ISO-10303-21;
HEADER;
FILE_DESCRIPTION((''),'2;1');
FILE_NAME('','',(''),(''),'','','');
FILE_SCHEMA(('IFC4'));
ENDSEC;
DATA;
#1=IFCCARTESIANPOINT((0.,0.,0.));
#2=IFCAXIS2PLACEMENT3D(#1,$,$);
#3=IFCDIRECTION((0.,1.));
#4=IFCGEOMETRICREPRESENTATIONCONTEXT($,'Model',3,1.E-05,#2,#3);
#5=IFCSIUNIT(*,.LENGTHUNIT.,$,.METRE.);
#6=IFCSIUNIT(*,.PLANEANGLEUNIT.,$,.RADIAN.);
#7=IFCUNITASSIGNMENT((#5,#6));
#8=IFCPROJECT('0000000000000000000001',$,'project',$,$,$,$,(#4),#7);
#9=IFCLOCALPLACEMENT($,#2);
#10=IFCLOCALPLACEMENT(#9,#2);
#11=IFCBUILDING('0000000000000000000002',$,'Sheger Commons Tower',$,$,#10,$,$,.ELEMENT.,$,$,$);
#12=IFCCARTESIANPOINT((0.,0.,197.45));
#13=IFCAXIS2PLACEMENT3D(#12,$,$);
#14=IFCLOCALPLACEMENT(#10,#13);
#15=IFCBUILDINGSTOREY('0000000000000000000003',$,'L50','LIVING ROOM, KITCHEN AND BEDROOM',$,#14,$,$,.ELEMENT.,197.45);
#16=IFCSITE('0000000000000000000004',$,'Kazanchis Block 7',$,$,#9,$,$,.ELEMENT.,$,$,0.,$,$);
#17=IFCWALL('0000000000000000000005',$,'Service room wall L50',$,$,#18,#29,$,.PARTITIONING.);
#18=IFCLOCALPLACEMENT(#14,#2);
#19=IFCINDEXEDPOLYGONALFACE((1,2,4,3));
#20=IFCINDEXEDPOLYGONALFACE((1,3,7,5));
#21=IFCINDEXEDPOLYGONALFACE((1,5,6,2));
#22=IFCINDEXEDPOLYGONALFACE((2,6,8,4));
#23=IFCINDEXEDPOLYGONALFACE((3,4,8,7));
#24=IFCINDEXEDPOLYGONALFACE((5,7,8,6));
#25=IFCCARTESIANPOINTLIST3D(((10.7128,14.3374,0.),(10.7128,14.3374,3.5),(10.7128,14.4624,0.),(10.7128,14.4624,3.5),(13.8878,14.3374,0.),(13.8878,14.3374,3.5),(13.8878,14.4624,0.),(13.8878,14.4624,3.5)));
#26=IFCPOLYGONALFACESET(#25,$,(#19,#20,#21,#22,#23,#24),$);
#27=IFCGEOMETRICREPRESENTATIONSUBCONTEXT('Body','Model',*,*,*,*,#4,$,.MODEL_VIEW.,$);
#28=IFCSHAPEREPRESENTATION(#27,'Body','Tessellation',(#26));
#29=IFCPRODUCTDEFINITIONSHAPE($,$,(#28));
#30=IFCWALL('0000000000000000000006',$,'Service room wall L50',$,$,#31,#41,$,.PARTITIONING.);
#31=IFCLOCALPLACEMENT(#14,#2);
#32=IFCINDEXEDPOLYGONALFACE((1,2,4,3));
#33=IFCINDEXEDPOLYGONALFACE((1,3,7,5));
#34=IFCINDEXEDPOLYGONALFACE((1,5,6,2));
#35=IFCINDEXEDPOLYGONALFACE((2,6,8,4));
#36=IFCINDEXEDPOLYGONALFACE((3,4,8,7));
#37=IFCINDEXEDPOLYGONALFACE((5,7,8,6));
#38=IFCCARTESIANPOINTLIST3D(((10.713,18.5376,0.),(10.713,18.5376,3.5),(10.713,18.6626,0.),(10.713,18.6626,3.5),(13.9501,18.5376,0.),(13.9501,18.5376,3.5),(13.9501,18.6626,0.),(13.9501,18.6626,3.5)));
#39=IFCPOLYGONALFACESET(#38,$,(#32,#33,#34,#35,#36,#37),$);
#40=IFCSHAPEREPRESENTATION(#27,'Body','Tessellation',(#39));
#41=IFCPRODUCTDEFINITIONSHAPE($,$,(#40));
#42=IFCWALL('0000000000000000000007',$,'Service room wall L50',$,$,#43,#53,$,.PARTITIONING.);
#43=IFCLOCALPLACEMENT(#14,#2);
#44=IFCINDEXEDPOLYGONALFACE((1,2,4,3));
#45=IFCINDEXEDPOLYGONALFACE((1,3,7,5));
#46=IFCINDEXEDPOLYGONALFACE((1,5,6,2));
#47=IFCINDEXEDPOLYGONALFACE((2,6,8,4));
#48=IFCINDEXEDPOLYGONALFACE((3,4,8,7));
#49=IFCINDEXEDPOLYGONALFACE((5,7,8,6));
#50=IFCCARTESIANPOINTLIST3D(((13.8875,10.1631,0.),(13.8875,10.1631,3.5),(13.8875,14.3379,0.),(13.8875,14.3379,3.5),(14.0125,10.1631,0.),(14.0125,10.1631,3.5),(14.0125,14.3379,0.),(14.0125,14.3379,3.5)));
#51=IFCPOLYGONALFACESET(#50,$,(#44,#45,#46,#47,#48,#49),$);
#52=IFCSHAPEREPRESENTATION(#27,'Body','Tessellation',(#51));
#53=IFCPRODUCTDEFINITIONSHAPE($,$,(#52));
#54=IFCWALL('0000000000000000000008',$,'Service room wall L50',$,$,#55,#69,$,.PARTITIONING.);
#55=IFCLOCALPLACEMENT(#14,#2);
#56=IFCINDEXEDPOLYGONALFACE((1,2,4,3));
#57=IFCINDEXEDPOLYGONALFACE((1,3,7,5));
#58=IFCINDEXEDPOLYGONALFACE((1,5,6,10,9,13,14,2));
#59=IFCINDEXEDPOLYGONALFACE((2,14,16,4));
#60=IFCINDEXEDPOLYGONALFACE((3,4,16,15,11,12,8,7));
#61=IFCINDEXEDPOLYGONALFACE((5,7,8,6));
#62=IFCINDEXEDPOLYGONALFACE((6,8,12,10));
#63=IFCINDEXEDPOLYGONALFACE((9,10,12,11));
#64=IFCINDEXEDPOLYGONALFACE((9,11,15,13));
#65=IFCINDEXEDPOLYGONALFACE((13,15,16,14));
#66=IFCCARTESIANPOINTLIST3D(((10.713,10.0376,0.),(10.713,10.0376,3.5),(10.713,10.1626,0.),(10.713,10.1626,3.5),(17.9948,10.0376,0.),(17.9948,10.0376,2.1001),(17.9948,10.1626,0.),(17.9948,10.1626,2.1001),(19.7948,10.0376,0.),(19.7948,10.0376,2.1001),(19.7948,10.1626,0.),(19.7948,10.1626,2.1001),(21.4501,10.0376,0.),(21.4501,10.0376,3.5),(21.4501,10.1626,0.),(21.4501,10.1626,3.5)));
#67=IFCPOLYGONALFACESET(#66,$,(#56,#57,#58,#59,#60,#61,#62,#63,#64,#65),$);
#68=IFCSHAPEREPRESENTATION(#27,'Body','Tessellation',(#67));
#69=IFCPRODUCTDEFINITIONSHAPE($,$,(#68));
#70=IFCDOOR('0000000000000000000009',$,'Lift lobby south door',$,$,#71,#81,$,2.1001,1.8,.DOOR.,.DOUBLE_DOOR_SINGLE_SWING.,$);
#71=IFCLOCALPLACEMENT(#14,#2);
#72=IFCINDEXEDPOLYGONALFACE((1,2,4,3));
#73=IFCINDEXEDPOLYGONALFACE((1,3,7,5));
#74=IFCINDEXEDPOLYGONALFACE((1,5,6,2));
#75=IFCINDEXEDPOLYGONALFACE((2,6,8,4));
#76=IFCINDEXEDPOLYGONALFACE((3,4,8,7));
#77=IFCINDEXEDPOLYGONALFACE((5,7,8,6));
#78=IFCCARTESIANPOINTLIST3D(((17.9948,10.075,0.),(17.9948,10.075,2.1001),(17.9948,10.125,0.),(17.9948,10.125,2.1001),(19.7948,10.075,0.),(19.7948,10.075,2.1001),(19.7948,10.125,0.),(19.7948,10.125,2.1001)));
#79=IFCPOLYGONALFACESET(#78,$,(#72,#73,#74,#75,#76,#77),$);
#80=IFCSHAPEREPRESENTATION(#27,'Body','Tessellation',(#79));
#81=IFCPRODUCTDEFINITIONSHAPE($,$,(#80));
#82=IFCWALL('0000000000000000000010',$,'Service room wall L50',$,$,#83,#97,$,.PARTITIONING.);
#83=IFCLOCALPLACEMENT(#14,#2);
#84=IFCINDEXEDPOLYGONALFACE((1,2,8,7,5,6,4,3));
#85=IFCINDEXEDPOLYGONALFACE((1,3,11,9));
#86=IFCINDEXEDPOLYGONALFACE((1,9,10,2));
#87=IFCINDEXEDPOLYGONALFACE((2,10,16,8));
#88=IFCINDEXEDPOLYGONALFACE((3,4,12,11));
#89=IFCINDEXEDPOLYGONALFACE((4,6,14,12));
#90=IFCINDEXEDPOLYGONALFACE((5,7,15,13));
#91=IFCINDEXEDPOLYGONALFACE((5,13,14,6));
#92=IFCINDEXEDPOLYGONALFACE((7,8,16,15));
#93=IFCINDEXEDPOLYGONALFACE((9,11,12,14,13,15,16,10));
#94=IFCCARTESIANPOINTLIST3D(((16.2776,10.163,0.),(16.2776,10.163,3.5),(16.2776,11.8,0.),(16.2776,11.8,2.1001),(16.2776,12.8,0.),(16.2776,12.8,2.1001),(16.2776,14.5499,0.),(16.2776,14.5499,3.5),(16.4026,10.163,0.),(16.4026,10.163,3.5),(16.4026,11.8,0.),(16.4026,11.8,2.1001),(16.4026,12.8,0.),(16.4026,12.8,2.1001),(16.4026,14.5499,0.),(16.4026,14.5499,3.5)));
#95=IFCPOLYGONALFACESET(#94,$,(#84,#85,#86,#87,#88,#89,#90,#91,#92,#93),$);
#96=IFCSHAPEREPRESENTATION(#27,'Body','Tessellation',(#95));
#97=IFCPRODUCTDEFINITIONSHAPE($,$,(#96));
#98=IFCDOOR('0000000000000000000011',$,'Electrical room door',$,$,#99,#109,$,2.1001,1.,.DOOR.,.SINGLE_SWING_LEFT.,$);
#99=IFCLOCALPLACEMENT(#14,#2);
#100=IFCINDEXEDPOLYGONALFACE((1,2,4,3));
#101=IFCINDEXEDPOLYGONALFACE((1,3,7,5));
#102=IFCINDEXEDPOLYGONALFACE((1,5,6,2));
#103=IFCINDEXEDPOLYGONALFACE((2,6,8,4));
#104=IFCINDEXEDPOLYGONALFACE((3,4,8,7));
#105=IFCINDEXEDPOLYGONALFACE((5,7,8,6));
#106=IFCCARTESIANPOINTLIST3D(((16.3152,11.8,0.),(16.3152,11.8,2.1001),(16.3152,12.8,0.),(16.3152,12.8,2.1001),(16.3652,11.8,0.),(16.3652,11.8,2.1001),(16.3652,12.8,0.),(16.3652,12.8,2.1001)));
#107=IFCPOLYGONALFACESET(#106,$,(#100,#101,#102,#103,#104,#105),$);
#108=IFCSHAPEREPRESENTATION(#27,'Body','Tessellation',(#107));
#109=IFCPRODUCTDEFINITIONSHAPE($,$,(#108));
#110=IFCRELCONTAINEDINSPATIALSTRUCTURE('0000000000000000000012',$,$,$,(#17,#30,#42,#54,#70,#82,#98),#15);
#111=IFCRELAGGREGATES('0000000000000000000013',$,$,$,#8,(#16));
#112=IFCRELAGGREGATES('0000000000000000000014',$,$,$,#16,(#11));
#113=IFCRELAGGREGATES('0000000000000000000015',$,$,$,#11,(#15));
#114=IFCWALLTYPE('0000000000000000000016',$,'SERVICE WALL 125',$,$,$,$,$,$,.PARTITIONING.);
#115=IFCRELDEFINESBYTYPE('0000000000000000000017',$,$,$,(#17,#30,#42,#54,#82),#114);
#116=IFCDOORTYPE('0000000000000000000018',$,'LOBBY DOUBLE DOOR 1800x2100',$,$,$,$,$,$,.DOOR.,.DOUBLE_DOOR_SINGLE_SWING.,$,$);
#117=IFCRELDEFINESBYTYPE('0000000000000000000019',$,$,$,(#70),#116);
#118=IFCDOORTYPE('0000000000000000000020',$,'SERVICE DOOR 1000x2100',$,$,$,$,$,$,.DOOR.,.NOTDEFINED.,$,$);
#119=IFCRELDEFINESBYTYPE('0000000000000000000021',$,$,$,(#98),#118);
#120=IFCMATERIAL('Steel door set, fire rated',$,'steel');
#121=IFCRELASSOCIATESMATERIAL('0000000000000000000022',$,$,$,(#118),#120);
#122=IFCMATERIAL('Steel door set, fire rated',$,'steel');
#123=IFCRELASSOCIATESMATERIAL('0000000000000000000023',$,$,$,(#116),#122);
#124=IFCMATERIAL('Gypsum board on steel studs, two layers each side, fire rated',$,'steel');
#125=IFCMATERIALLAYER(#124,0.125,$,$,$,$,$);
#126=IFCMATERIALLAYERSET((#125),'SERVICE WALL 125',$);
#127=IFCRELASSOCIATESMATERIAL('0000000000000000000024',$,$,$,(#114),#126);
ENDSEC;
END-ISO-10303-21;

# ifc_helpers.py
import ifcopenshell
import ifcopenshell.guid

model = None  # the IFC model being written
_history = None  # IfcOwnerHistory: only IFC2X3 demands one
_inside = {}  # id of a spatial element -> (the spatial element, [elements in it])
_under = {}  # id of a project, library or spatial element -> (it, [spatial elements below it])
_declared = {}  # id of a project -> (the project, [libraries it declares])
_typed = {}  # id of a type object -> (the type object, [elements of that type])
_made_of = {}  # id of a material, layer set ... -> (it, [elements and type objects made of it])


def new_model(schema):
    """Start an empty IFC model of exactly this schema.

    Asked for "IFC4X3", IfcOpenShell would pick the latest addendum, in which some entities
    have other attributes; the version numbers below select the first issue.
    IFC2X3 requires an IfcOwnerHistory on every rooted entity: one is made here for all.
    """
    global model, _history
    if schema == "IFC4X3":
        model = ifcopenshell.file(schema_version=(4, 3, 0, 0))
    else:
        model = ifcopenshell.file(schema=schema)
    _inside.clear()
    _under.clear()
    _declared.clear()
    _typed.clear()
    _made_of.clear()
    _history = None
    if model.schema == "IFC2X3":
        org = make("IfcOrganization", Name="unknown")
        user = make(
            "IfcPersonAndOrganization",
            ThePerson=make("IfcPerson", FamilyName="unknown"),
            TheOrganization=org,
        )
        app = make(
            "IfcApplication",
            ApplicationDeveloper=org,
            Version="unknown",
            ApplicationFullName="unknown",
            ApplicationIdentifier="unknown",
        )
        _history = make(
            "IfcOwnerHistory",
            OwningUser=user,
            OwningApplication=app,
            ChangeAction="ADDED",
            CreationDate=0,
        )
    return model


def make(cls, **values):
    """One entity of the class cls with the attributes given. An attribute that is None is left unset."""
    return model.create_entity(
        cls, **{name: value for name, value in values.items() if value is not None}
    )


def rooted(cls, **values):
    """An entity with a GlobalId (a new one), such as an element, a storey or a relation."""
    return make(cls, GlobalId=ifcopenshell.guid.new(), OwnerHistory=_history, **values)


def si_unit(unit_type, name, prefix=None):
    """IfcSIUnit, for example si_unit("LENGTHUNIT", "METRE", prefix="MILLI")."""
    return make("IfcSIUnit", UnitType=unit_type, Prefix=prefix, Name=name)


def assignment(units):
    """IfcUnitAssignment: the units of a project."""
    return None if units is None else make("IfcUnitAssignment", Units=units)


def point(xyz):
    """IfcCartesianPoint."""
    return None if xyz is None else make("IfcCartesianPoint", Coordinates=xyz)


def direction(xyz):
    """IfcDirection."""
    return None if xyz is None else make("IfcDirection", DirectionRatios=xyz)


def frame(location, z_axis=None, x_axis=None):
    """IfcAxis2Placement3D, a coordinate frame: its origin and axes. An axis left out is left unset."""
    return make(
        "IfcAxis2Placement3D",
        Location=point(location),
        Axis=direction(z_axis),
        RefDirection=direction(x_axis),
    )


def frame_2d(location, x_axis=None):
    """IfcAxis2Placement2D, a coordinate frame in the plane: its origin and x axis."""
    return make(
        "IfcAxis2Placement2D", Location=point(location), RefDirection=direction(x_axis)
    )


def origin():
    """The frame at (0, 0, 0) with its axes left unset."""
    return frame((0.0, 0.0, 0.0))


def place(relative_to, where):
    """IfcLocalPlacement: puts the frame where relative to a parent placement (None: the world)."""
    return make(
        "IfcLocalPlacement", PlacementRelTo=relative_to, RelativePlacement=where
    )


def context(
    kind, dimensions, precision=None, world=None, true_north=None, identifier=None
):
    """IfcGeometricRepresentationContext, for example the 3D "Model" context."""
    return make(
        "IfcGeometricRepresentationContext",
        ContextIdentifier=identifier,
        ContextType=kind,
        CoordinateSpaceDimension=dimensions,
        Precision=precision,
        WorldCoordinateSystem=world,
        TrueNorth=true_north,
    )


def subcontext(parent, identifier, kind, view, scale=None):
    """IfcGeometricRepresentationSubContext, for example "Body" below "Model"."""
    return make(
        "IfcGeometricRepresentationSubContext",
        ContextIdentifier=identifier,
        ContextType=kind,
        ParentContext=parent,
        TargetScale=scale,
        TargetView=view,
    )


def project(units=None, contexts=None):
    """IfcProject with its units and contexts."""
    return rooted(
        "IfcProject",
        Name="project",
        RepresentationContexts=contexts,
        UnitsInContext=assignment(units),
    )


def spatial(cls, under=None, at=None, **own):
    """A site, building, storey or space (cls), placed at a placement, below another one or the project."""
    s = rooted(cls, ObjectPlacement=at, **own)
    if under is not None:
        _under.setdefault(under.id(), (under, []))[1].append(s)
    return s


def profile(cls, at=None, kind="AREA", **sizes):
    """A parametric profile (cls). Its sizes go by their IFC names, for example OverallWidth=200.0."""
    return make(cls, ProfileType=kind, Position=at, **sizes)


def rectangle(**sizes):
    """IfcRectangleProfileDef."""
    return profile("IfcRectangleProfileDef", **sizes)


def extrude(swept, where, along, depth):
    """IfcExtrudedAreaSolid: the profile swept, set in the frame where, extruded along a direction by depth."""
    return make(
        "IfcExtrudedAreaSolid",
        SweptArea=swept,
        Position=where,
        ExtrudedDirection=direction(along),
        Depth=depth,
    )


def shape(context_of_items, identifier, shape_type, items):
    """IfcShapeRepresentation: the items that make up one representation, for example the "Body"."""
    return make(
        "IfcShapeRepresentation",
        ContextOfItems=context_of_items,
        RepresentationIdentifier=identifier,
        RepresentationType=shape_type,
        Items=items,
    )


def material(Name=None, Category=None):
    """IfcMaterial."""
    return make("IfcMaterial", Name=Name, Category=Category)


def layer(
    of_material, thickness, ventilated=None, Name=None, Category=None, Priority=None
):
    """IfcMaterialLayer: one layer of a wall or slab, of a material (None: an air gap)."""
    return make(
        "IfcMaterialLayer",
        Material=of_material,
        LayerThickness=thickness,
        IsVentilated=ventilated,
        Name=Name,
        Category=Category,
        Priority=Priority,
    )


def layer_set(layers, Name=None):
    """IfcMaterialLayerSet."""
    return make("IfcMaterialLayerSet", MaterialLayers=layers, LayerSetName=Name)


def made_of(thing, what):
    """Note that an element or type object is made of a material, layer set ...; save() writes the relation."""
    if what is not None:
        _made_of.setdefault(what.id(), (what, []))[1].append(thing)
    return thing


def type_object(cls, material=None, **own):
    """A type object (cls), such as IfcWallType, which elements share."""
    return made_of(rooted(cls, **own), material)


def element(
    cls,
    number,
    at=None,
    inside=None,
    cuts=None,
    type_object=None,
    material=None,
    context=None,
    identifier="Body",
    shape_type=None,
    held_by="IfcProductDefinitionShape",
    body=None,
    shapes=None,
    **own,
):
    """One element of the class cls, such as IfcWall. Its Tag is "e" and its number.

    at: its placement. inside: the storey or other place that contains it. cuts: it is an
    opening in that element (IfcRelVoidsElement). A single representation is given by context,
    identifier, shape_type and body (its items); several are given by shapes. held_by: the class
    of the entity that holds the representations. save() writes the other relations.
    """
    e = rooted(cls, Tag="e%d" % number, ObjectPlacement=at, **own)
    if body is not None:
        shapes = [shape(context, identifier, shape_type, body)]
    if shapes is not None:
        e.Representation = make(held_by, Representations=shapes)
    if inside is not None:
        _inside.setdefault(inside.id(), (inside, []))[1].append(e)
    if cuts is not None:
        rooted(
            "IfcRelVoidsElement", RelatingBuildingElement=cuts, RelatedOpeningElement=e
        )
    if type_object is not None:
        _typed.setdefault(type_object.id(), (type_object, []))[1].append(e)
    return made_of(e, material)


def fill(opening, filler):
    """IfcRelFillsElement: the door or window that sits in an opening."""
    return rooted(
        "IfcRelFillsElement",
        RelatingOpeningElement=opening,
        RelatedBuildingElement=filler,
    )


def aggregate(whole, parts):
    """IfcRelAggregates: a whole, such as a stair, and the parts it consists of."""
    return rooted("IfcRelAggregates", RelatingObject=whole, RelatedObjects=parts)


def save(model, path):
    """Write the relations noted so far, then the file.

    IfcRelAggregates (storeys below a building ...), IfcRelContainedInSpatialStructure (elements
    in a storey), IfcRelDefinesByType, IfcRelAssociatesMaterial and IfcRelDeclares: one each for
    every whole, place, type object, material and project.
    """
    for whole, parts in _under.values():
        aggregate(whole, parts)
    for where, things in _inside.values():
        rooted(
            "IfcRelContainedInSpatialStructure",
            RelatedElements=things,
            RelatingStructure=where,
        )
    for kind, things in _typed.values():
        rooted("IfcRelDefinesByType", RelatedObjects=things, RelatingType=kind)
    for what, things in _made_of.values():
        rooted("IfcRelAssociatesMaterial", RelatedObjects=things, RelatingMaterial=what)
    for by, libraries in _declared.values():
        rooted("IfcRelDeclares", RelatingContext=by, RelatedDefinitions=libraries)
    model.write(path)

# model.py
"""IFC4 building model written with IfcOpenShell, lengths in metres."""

from ifc_helpers import new_model, si_unit, direction, frame, frame_2d, origin, place, context, subcontext, project, spatial, rectangle, extrude, material, layer, layer_set, type_object, element, fill, save


model = new_model("IFC4")

# Units and contexts
model_context = context("Model", 3, precision=1e-05, world=origin(), true_north=direction((0.0, 1.0)))
body_context = subcontext(model_context, "Body", "Model", "MODEL_VIEW")
ifc_project = project(units=[si_unit("LENGTHUNIT", "METRE"), si_unit("PLANEANGLEUNIT", "RADIAN")], contexts=[model_context])

# Site, building, storey
site_placement = place(None, origin())
site = spatial("IfcSite", under=ifc_project, at=site_placement, Name="Kazanchis Block 7", CompositionType="ELEMENT", RefElevation=0.0)
building_placement = place(site_placement, origin())
building = spatial("IfcBuilding", under=site, at=building_placement, Name="Sheger Commons Tower", CompositionType="ELEMENT")
storey_placement = place(building_placement, frame((0.0, 0.0, 197.45)))
storey = spatial("IfcBuildingStorey", under=building, at=storey_placement, Name="L50", Description="LIVING ROOM, KITCHEN AND BEDROOM", CompositionType="ELEMENT", Elevation=197.45)

# Shared definitions
ifc_material_1 = material(Name="Steel door set, fire rated", Category="steel")
door_type_1 = type_object("IfcDoorType", Name="SERVICE DOOR 1000x2100", OperationType="NOTDEFINED", PredefinedType="DOOR", material=ifc_material_1)
ifc_material_2 = material(Name="Steel door set, fire rated", Category="steel")
door_type_2 = type_object("IfcDoorType", Name="LOBBY DOUBLE DOOR 1800x2100", OperationType="DOUBLE_DOOR_SINGLE_SWING", PredefinedType="DOOR", material=ifc_material_2)

# Shared definitions
ifc_material_3 = material(Name="Gypsum board on steel studs, two layers each side, fire rated", Category="steel")
ifc_layer_1 = layer(ifc_material_3, 0.125)
ifc_layer_set_1 = layer_set([ifc_layer_1], Name="SERVICE WALL 125")
wall_type_1 = type_object("IfcWallType", Name="SERVICE WALL 125", PredefinedType="PARTITIONING", material=ifc_layer_set_1)

# Walls
wall_1_placement = place(storey_placement, frame((10.7129, 14.3999, 0.0), z_axis=(0.0, 0.0, 1.0), x_axis=(1.0, 0.0, 0.0)))
element("IfcWall", 1, at=wall_1_placement, inside=storey, type_object=wall_type_1, Name="Service room wall L50", PredefinedType="PARTITIONING", context=body_context, shape_type="SweptSolid", body=[
    extrude(rectangle(XDim=3.175, YDim=0.125, at=frame_2d((1.5874, 0.0))), origin(), (0.0, 0.0, 1.0), 3.5),
])
wall_2_placement = place(storey_placement, frame((10.7129, 18.6001, 0.0), z_axis=(0.0, 0.0, 1.0), x_axis=(1.0, 0.0, 0.0)))
element("IfcWall", 2, at=wall_2_placement, inside=storey, type_object=wall_type_1, Name="Service room wall L50", PredefinedType="PARTITIONING", context=body_context, shape_type="SweptSolid", body=[
    extrude(rectangle(XDim=3.2371, YDim=0.125, at=frame_2d((1.6187, 0.0))), origin(), (0.0, 0.0, 1.0), 3.5),
])
wall_3_placement = place(storey_placement, frame((13.95, 10.1631, 0.0), z_axis=(0.0, 0.0, 1.0), x_axis=(0.0, 1.0, 0.0)))
element("IfcWall", 3, at=wall_3_placement, inside=storey, type_object=wall_type_1, Name="Service room wall L50", PredefinedType="PARTITIONING", context=body_context, shape_type="SweptSolid", body=[
    extrude(rectangle(XDim=4.1748, YDim=0.125, at=frame_2d((2.0874, 0.0))), origin(), (0.0, 0.0, 1.0), 3.5),
])

# Walls, openings, doors
wall_4_placement = place(storey_placement, frame((10.7129, 10.1001, 0.0), z_axis=(0.0, 0.0, 1.0), x_axis=(1.0, 0.0, 0.0)))
wall_4 = element("IfcWall", 4, at=wall_4_placement, inside=storey, type_object=wall_type_1, Name="Service room wall L50", PredefinedType="PARTITIONING", context=body_context, shape_type="SweptSolid", body=[
    extrude(rectangle(XDim=10.7371, YDim=0.125, at=frame_2d((5.3687, 0.0))), origin(), (0.0, 0.0, 1.0), 3.5),
])
opening_1_placement = place(wall_4_placement, frame((7.282, 0.0, 0.0)))
opening_1 = element("IfcOpeningElement", 5, at=opening_1_placement, cuts=wall_4, PredefinedType="OPENING", context=body_context, shape_type="SweptSolid", body=[
    extrude(rectangle(XDim=1.8, YDim=2.1001, at=frame_2d((0.8999, 1.05))), frame((0.0, 0.0725, 0.0), z_axis=(0.0, -1.0, 0.0), x_axis=(1.0, 0.0, 0.0)), (0.0, 0.0, 1.0), 0.145),
])
door_1_placement = place(opening_1_placement, origin())
door_1 = element("IfcDoor", 6, at=door_1_placement, inside=storey, type_object=door_type_2, Name="Lift lobby south door", OperationType="DOUBLE_DOOR_SINGLE_SWING", OverallHeight=2.1001, OverallWidth=1.8, PredefinedType="DOOR", context=body_context, shape_type="SweptSolid", body=[
    extrude(rectangle(XDim=1.8, YDim=2.1001, at=frame_2d((0.8999, 1.05))), frame((0.0, 0.0249, 0.0), z_axis=(0.0, -1.0, 0.0), x_axis=(1.0, 0.0, 0.0)), (0.0, 0.0, 1.0), 0.05),
])
fill(opening_1, door_1)
wall_5_placement = place(storey_placement, frame((16.3401, 10.1631, 0.0), z_axis=(0.0, 0.0, 1.0), x_axis=(0.0, 1.0, 0.0)))
wall_5 = element("IfcWall", 7, at=wall_5_placement, inside=storey, type_object=wall_type_1, Name="Service room wall L50", PredefinedType="PARTITIONING", context=body_context, shape_type="SweptSolid", body=[
    extrude(rectangle(XDim=4.387, YDim=0.125, at=frame_2d((2.1934, 0.0))), origin(), (0.0, 0.0, 1.0), 3.5),
])
opening_2_placement = place(wall_5_placement, frame((1.637, 0.0, 0.0)))
opening_2 = element("IfcOpeningElement", 8, at=opening_2_placement, cuts=wall_5, PredefinedType="OPENING", context=body_context, shape_type="SweptSolid", body=[
    extrude(rectangle(XDim=1.0, YDim=2.1001, at=frame_2d((0.5, 1.05))), frame((0.0, 0.0725, 0.0), z_axis=(0.0, -1.0, 0.0), x_axis=(1.0, 0.0, 0.0)), (0.0, 0.0, 1.0), 0.145),
])
door_2_placement = place(opening_2_placement, origin())
door_2 = element("IfcDoor", 9, at=door_2_placement, inside=storey, type_object=door_type_1, Name="Electrical room door", OperationType="SINGLE_SWING_LEFT", OverallHeight=2.1001, OverallWidth=1.0, PredefinedType="DOOR", context=body_context, shape_type="SweptSolid", body=[
    extrude(rectangle(XDim=1.0, YDim=2.1001, at=frame_2d((0.5, 1.05))), frame((0.0, 0.0249, 0.0), z_axis=(0.0, -1.0, 0.0), x_axis=(1.0, 0.0, 0.0)), (0.0, 0.0, 1.0), 0.05),
])
fill(opening_2, door_2)

save(model, "model.ifc")
